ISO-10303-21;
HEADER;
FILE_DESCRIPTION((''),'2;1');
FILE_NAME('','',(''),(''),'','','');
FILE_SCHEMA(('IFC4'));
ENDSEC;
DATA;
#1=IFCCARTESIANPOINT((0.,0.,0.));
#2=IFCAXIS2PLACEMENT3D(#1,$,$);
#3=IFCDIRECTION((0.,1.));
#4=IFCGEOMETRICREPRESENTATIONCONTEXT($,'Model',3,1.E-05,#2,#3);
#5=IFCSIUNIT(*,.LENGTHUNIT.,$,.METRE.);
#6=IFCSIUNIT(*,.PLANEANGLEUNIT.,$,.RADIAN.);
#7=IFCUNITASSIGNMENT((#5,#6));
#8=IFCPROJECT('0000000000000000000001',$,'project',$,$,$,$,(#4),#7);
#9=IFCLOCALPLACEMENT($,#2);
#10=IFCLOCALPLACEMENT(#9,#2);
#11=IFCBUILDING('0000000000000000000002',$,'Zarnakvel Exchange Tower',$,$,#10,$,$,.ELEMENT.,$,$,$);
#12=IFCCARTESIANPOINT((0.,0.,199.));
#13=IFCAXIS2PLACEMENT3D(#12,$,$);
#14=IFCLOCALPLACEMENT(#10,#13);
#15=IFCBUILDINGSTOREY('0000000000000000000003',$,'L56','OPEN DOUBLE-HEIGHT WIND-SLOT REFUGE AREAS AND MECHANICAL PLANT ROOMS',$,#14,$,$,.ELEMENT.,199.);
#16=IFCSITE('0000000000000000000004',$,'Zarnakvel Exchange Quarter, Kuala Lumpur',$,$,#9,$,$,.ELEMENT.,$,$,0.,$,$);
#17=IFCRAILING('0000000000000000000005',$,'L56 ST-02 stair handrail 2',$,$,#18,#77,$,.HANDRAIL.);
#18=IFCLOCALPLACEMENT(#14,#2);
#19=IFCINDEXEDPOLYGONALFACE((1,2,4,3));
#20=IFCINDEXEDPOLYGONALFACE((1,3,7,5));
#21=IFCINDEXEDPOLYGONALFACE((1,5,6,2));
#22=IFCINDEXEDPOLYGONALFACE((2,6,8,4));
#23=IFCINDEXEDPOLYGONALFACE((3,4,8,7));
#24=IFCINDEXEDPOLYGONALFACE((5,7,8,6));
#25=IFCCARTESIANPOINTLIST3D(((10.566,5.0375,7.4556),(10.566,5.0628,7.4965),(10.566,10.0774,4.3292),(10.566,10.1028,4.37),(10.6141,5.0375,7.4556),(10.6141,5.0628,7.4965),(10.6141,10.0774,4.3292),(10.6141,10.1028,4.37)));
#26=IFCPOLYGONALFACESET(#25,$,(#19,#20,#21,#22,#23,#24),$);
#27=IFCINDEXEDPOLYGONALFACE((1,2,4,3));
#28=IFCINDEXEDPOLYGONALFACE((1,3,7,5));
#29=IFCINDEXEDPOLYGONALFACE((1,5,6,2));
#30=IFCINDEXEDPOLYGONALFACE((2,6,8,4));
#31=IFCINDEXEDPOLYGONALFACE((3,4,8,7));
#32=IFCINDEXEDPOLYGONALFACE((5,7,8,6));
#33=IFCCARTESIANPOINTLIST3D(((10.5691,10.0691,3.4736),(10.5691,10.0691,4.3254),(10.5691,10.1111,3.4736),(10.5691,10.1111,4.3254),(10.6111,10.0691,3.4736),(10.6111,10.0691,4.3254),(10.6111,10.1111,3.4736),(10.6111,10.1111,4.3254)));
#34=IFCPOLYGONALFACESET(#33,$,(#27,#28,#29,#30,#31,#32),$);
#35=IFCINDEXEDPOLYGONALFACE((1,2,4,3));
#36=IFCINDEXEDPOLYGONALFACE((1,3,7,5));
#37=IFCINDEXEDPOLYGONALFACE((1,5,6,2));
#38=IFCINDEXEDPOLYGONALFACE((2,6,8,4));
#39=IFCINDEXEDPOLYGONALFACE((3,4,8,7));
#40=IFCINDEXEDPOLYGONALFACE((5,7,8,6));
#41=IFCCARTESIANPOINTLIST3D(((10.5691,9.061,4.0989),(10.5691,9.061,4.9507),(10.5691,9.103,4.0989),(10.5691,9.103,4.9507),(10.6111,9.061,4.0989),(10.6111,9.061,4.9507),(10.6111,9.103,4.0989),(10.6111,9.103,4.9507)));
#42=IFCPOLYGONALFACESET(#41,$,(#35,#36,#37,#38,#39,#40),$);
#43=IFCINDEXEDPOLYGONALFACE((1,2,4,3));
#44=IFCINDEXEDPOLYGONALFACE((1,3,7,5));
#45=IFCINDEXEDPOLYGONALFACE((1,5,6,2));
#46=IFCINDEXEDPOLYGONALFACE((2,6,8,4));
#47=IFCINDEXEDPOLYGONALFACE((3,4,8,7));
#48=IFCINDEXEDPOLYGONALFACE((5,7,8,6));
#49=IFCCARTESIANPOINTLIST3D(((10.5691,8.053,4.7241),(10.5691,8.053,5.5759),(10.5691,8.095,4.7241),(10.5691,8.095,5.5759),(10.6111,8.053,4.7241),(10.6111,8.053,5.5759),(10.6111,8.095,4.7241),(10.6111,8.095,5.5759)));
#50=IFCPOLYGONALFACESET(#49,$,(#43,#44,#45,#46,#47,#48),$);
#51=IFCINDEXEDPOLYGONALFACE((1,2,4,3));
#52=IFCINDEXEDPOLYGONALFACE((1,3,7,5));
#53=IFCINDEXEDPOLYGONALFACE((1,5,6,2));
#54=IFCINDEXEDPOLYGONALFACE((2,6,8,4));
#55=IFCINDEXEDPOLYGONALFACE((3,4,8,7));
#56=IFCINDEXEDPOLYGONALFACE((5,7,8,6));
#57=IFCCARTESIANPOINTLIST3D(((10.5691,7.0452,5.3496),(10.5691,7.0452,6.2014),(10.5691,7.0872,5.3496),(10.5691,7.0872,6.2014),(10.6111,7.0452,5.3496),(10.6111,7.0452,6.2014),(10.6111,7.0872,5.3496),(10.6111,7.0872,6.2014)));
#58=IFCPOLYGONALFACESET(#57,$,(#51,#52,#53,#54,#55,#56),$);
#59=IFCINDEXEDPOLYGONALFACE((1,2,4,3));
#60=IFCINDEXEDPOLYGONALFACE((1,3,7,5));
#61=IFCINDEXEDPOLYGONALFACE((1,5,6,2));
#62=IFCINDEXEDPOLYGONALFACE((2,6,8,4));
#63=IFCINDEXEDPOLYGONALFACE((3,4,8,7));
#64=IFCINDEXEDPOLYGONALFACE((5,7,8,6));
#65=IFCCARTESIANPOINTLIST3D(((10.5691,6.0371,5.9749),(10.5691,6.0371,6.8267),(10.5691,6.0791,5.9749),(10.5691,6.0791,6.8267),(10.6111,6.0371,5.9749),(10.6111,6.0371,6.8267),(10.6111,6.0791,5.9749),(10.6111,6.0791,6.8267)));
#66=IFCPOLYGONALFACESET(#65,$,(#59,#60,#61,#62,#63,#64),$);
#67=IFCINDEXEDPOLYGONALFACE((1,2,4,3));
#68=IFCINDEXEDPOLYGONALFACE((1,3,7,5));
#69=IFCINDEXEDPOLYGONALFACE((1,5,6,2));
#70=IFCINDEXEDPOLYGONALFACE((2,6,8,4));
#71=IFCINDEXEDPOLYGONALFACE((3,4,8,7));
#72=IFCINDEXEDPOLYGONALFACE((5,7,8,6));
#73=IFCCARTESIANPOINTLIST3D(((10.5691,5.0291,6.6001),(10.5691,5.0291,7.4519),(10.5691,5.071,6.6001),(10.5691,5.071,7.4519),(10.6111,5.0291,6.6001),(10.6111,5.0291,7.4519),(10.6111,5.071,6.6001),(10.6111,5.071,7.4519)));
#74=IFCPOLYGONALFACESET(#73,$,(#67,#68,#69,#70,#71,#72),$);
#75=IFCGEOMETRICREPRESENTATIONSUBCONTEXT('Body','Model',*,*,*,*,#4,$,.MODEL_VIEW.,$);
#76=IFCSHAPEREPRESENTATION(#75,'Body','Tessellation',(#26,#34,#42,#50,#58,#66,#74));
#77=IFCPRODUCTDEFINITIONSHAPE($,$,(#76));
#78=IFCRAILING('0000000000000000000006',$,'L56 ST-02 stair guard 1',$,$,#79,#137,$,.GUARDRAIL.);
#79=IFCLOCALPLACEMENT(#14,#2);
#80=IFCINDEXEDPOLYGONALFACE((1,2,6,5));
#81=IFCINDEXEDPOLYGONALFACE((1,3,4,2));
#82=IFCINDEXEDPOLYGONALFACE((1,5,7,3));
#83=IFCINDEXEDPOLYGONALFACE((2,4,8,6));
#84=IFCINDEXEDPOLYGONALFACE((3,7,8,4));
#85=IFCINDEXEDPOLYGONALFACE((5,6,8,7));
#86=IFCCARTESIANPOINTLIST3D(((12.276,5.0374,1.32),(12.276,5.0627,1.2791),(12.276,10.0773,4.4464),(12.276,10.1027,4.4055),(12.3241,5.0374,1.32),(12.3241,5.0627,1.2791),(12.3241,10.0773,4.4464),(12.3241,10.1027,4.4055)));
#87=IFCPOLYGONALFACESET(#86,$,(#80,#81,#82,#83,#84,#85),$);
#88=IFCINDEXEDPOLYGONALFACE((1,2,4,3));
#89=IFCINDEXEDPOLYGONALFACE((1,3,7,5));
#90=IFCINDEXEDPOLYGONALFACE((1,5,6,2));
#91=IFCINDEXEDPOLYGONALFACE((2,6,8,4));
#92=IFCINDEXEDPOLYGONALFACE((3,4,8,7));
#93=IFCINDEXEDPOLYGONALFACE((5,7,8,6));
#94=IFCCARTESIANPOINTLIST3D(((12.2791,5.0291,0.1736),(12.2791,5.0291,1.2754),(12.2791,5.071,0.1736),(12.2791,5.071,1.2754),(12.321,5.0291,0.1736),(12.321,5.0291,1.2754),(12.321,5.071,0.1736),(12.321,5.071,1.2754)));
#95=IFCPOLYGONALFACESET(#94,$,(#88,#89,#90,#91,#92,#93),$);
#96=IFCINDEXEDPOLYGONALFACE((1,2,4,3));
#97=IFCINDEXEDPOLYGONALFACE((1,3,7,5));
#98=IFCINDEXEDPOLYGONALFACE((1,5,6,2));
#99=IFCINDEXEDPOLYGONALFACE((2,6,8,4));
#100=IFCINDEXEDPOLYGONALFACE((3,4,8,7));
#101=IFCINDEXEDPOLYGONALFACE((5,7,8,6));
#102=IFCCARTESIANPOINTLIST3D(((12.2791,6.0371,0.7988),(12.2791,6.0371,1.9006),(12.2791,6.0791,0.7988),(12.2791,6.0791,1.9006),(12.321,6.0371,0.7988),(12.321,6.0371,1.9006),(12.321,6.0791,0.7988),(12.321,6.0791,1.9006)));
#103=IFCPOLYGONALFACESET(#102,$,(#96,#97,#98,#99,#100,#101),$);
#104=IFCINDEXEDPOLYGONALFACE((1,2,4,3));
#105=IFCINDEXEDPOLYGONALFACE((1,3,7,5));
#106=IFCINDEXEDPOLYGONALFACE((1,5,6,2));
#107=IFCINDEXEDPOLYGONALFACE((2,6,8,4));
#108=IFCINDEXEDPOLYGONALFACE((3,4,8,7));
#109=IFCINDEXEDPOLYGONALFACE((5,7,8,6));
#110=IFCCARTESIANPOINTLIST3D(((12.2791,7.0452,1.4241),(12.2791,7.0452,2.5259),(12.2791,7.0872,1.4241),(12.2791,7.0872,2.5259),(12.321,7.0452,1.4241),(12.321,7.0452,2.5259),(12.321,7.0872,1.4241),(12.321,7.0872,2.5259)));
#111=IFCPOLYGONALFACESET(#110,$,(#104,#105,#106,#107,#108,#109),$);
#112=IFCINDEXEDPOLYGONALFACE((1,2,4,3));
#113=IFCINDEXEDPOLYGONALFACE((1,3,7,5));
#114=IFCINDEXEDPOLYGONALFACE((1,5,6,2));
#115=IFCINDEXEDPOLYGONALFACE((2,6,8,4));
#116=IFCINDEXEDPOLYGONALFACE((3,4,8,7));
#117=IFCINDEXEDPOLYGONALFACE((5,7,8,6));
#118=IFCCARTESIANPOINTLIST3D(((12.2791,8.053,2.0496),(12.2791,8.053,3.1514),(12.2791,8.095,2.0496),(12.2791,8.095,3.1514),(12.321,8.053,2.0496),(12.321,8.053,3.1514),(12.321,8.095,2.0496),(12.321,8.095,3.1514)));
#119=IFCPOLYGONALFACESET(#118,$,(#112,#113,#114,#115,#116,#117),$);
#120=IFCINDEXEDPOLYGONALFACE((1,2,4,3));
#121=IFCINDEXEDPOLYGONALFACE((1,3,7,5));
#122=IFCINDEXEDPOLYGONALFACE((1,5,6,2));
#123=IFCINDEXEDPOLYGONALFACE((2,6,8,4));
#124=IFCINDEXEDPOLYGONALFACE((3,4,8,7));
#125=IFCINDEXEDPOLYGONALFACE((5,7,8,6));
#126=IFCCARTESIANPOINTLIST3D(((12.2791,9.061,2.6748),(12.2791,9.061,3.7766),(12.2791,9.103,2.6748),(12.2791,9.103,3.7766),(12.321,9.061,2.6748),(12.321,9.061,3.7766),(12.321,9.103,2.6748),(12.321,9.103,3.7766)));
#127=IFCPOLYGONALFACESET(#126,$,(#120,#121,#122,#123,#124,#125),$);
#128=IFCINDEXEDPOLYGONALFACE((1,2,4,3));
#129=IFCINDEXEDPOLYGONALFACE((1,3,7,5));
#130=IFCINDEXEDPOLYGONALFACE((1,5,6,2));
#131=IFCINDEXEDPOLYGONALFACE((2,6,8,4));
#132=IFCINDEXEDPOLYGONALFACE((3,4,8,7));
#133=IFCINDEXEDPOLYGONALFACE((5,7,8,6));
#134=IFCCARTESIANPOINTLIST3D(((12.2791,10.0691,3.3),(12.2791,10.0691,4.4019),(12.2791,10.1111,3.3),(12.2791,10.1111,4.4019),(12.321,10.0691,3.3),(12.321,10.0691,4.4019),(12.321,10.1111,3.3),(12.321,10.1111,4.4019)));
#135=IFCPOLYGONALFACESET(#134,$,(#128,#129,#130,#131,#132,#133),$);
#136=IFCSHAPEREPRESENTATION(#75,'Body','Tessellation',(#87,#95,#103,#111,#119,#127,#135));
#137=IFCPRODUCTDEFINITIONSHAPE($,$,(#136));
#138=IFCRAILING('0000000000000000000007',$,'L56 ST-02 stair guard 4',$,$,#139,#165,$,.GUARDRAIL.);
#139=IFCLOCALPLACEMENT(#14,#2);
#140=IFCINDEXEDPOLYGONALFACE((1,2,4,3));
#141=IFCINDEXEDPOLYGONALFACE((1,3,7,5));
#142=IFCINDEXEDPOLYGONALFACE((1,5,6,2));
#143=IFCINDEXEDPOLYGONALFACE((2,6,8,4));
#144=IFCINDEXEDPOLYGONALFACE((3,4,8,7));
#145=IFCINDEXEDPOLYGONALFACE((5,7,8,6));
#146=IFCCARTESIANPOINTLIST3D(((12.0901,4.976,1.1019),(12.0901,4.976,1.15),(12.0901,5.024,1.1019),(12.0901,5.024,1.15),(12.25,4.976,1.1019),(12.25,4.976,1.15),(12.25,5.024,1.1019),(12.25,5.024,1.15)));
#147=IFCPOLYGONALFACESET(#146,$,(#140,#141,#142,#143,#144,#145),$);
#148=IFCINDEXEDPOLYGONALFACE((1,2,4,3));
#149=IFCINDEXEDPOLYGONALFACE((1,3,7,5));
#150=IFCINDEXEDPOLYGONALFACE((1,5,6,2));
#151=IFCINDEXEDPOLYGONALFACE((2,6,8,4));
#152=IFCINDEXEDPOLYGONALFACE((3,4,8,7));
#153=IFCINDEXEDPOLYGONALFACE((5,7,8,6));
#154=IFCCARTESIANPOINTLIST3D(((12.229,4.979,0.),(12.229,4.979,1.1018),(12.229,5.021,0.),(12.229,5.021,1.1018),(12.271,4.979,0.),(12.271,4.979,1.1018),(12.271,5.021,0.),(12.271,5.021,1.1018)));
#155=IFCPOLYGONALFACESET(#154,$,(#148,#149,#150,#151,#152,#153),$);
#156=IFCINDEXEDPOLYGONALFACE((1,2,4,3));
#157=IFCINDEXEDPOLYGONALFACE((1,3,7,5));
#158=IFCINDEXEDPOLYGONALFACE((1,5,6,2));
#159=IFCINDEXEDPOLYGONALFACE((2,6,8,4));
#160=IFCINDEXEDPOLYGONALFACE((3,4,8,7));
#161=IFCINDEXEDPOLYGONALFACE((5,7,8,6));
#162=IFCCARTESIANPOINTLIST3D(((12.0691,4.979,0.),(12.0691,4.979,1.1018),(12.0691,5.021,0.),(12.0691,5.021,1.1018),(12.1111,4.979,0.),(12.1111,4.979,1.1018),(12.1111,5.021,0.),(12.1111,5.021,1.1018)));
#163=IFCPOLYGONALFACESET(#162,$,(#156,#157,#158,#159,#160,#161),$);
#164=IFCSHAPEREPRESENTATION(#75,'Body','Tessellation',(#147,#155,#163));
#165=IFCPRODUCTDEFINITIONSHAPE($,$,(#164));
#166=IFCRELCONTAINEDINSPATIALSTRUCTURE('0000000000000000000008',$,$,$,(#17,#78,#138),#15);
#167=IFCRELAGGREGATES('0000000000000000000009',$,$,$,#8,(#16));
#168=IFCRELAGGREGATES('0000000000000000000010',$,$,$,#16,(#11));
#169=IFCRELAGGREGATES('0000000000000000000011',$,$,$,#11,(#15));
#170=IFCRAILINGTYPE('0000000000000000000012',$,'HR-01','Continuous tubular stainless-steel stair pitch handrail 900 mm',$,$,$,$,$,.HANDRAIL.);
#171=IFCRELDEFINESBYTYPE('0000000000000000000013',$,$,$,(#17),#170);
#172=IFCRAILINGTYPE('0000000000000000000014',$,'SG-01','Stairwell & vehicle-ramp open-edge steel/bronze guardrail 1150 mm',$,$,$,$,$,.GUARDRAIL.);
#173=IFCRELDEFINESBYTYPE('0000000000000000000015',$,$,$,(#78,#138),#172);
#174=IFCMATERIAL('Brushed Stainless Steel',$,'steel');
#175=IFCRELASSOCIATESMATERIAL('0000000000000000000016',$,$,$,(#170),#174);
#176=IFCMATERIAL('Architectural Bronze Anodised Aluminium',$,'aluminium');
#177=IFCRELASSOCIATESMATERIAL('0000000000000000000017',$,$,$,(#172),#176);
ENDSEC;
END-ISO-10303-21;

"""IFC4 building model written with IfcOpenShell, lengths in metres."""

from ifc_helpers import new_model, si_unit, direction, frame, origin, origin_2d, place, context, subcontext, project, spatial, rectangle, extrude, material, type_object, element, save


model = new_model("IFC4")

# Units and contexts
model_context = context("Model", 3, precision=1e-05, world=origin(), true_north=direction((0.0, 1.0)))
body_context = subcontext(model_context, "Body", "Model", "MODEL_VIEW")
ifc_project = project(units=[si_unit("LENGTHUNIT", "METRE"), si_unit("PLANEANGLEUNIT", "RADIAN")], contexts=[model_context])

# Site, building, storey
site_placement = place(None, origin())
site = spatial("IfcSite", under=ifc_project, at=site_placement, Name="Zarnakvel Exchange Quarter, Kuala Lumpur", CompositionType="ELEMENT", RefElevation=0.0)
building_placement = place(site_placement, origin())
building = spatial("IfcBuilding", under=site, at=building_placement, Name="Zarnakvel Exchange Tower", CompositionType="ELEMENT")
storey_placement = place(building_placement, frame((0.0, 0.0, 199.0)))
storey = spatial("IfcBuildingStorey", under=building, at=storey_placement, Name="L56", Description="OPEN DOUBLE-HEIGHT WIND-SLOT REFUGE AREAS AND MECHANICAL PLANT ROOMS", CompositionType="ELEMENT", Elevation=199.0)

# Shared definitions
ifc_material_1 = material(Name="Brushed Stainless Steel", Category="steel")

# Railings
railing_type_1 = type_object("IfcRailingType", Name="HR-01", Description="Continuous tubular stainless-steel stair pitch handrail 900 mm", PredefinedType="HANDRAIL", material=ifc_material_1)
railing_1_placement = place(storey_placement, frame((10.5901, 10.0901, 3.4736)))
element("IfcRailing", 1, at=railing_1_placement, inside=storey, type_object=railing_type_1, Name="L56 ST-02 stair handrail 2", PredefinedType="HANDRAIL", context=body_context, shape_type="SweptSolid", body=[
    extrude(rectangle(XDim=0.0481, YDim=0.0481, at=origin_2d()), frame((0.0, 0.0, 0.876), z_axis=(0.0, -0.849779, 0.527139), x_axis=(1.0, 0.0, 0.0)), (0.0, 0.0, 1.0), 5.9309),
    extrude(rectangle(XDim=0.042, YDim=0.042, at=origin_2d()), origin(), (0.0, 0.0, 1.0), 0.8518),
    extrude(rectangle(XDim=0.042, YDim=0.042, at=origin_2d()), frame((0.0, -1.0081, 0.6252)), (0.0, 0.0, 1.0), 0.8518),
    extrude(rectangle(XDim=0.042, YDim=0.042, at=origin_2d()), frame((0.0, -2.0161, 1.2505)), (0.0, 0.0, 1.0), 0.8518),
    extrude(rectangle(XDim=0.042, YDim=0.042, at=origin_2d()), frame((0.0, -3.0239, 1.876)), (0.0, 0.0, 1.0), 0.8518),
    extrude(rectangle(XDim=0.042, YDim=0.042, at=origin_2d()), frame((0.0, -4.032, 2.5012)), (0.0, 0.0, 1.0), 0.8518),
    extrude(rectangle(XDim=0.042, YDim=0.042, at=origin_2d()), frame((0.0, -5.04, 3.1265)), (0.0, 0.0, 1.0), 0.8518),
])
ifc_material_2 = material(Name="Architectural Bronze Anodised Aluminium", Category="aluminium")
railing_type_2 = type_object("IfcRailingType", Name="SG-01", Description="Stairwell & vehicle-ramp open-edge steel/bronze guardrail 1150 mm", PredefinedType="GUARDRAIL", material=ifc_material_2)
railing_2_placement = place(storey_placement, frame((12.3, 5.05, 0.1736)))
element("IfcRailing", 2, at=railing_2_placement, inside=storey, type_object=railing_type_2, Name="L56 ST-02 stair guard 1", PredefinedType="GUARDRAIL", context=body_context, shape_type="SweptSolid", body=[
    extrude(rectangle(XDim=0.0481, YDim=0.0481, at=origin_2d()), frame((0.0, 0.0, 1.126), z_axis=(0.0, 0.849779, 0.527139), x_axis=(-1.0, 0.0, 0.0)), (0.0, 0.0, 1.0), 5.9309),
    extrude(rectangle(XDim=0.042, YDim=0.042, at=origin_2d()), origin(), (0.0, 0.0, 1.0), 1.1018),
    extrude(rectangle(XDim=0.042, YDim=0.042, at=origin_2d()), frame((0.0, 1.0081, 0.6252)), (0.0, 0.0, 1.0), 1.1018),
    extrude(rectangle(XDim=0.042, YDim=0.042, at=origin_2d()), frame((0.0, 2.0161, 1.2505)), (0.0, 0.0, 1.0), 1.1018),
    extrude(rectangle(XDim=0.042, YDim=0.042, at=origin_2d()), frame((0.0, 3.0239, 1.876)), (0.0, 0.0, 1.0), 1.1018),
    extrude(rectangle(XDim=0.042, YDim=0.042, at=origin_2d()), frame((0.0, 4.032, 2.5012)), (0.0, 0.0, 1.0), 1.1018),
    extrude(rectangle(XDim=0.042, YDim=0.042, at=origin_2d()), frame((0.0, 5.04, 3.1265)), (0.0, 0.0, 1.0), 1.1018),
])
railing_3_placement = place(storey_placement, frame((12.25, 5.0, 0.0)))
element("IfcRailing", 3, at=railing_3_placement, inside=storey, type_object=railing_type_2, Name="L56 ST-02 stair guard 4", PredefinedType="GUARDRAIL", context=body_context, shape_type="SweptSolid", body=[
    extrude(rectangle(XDim=0.0481, YDim=0.0481, at=origin_2d()), frame((0.0, 0.0, 1.126), z_axis=(-1.0, 0.0, 0.0), x_axis=(0.0, -1.0, 0.0)), (0.0, 0.0, 1.0), 0.1599),
    extrude(rectangle(XDim=0.042, YDim=0.042, at=origin_2d()), origin(), (0.0, 0.0, 1.0), 1.1018),
    extrude(rectangle(XDim=0.042, YDim=0.042, at=origin_2d()), frame((-0.1599, 0.0, 0.0)), (0.0, 0.0, 1.0), 1.1018),
])

save(model, "model.ifc")
